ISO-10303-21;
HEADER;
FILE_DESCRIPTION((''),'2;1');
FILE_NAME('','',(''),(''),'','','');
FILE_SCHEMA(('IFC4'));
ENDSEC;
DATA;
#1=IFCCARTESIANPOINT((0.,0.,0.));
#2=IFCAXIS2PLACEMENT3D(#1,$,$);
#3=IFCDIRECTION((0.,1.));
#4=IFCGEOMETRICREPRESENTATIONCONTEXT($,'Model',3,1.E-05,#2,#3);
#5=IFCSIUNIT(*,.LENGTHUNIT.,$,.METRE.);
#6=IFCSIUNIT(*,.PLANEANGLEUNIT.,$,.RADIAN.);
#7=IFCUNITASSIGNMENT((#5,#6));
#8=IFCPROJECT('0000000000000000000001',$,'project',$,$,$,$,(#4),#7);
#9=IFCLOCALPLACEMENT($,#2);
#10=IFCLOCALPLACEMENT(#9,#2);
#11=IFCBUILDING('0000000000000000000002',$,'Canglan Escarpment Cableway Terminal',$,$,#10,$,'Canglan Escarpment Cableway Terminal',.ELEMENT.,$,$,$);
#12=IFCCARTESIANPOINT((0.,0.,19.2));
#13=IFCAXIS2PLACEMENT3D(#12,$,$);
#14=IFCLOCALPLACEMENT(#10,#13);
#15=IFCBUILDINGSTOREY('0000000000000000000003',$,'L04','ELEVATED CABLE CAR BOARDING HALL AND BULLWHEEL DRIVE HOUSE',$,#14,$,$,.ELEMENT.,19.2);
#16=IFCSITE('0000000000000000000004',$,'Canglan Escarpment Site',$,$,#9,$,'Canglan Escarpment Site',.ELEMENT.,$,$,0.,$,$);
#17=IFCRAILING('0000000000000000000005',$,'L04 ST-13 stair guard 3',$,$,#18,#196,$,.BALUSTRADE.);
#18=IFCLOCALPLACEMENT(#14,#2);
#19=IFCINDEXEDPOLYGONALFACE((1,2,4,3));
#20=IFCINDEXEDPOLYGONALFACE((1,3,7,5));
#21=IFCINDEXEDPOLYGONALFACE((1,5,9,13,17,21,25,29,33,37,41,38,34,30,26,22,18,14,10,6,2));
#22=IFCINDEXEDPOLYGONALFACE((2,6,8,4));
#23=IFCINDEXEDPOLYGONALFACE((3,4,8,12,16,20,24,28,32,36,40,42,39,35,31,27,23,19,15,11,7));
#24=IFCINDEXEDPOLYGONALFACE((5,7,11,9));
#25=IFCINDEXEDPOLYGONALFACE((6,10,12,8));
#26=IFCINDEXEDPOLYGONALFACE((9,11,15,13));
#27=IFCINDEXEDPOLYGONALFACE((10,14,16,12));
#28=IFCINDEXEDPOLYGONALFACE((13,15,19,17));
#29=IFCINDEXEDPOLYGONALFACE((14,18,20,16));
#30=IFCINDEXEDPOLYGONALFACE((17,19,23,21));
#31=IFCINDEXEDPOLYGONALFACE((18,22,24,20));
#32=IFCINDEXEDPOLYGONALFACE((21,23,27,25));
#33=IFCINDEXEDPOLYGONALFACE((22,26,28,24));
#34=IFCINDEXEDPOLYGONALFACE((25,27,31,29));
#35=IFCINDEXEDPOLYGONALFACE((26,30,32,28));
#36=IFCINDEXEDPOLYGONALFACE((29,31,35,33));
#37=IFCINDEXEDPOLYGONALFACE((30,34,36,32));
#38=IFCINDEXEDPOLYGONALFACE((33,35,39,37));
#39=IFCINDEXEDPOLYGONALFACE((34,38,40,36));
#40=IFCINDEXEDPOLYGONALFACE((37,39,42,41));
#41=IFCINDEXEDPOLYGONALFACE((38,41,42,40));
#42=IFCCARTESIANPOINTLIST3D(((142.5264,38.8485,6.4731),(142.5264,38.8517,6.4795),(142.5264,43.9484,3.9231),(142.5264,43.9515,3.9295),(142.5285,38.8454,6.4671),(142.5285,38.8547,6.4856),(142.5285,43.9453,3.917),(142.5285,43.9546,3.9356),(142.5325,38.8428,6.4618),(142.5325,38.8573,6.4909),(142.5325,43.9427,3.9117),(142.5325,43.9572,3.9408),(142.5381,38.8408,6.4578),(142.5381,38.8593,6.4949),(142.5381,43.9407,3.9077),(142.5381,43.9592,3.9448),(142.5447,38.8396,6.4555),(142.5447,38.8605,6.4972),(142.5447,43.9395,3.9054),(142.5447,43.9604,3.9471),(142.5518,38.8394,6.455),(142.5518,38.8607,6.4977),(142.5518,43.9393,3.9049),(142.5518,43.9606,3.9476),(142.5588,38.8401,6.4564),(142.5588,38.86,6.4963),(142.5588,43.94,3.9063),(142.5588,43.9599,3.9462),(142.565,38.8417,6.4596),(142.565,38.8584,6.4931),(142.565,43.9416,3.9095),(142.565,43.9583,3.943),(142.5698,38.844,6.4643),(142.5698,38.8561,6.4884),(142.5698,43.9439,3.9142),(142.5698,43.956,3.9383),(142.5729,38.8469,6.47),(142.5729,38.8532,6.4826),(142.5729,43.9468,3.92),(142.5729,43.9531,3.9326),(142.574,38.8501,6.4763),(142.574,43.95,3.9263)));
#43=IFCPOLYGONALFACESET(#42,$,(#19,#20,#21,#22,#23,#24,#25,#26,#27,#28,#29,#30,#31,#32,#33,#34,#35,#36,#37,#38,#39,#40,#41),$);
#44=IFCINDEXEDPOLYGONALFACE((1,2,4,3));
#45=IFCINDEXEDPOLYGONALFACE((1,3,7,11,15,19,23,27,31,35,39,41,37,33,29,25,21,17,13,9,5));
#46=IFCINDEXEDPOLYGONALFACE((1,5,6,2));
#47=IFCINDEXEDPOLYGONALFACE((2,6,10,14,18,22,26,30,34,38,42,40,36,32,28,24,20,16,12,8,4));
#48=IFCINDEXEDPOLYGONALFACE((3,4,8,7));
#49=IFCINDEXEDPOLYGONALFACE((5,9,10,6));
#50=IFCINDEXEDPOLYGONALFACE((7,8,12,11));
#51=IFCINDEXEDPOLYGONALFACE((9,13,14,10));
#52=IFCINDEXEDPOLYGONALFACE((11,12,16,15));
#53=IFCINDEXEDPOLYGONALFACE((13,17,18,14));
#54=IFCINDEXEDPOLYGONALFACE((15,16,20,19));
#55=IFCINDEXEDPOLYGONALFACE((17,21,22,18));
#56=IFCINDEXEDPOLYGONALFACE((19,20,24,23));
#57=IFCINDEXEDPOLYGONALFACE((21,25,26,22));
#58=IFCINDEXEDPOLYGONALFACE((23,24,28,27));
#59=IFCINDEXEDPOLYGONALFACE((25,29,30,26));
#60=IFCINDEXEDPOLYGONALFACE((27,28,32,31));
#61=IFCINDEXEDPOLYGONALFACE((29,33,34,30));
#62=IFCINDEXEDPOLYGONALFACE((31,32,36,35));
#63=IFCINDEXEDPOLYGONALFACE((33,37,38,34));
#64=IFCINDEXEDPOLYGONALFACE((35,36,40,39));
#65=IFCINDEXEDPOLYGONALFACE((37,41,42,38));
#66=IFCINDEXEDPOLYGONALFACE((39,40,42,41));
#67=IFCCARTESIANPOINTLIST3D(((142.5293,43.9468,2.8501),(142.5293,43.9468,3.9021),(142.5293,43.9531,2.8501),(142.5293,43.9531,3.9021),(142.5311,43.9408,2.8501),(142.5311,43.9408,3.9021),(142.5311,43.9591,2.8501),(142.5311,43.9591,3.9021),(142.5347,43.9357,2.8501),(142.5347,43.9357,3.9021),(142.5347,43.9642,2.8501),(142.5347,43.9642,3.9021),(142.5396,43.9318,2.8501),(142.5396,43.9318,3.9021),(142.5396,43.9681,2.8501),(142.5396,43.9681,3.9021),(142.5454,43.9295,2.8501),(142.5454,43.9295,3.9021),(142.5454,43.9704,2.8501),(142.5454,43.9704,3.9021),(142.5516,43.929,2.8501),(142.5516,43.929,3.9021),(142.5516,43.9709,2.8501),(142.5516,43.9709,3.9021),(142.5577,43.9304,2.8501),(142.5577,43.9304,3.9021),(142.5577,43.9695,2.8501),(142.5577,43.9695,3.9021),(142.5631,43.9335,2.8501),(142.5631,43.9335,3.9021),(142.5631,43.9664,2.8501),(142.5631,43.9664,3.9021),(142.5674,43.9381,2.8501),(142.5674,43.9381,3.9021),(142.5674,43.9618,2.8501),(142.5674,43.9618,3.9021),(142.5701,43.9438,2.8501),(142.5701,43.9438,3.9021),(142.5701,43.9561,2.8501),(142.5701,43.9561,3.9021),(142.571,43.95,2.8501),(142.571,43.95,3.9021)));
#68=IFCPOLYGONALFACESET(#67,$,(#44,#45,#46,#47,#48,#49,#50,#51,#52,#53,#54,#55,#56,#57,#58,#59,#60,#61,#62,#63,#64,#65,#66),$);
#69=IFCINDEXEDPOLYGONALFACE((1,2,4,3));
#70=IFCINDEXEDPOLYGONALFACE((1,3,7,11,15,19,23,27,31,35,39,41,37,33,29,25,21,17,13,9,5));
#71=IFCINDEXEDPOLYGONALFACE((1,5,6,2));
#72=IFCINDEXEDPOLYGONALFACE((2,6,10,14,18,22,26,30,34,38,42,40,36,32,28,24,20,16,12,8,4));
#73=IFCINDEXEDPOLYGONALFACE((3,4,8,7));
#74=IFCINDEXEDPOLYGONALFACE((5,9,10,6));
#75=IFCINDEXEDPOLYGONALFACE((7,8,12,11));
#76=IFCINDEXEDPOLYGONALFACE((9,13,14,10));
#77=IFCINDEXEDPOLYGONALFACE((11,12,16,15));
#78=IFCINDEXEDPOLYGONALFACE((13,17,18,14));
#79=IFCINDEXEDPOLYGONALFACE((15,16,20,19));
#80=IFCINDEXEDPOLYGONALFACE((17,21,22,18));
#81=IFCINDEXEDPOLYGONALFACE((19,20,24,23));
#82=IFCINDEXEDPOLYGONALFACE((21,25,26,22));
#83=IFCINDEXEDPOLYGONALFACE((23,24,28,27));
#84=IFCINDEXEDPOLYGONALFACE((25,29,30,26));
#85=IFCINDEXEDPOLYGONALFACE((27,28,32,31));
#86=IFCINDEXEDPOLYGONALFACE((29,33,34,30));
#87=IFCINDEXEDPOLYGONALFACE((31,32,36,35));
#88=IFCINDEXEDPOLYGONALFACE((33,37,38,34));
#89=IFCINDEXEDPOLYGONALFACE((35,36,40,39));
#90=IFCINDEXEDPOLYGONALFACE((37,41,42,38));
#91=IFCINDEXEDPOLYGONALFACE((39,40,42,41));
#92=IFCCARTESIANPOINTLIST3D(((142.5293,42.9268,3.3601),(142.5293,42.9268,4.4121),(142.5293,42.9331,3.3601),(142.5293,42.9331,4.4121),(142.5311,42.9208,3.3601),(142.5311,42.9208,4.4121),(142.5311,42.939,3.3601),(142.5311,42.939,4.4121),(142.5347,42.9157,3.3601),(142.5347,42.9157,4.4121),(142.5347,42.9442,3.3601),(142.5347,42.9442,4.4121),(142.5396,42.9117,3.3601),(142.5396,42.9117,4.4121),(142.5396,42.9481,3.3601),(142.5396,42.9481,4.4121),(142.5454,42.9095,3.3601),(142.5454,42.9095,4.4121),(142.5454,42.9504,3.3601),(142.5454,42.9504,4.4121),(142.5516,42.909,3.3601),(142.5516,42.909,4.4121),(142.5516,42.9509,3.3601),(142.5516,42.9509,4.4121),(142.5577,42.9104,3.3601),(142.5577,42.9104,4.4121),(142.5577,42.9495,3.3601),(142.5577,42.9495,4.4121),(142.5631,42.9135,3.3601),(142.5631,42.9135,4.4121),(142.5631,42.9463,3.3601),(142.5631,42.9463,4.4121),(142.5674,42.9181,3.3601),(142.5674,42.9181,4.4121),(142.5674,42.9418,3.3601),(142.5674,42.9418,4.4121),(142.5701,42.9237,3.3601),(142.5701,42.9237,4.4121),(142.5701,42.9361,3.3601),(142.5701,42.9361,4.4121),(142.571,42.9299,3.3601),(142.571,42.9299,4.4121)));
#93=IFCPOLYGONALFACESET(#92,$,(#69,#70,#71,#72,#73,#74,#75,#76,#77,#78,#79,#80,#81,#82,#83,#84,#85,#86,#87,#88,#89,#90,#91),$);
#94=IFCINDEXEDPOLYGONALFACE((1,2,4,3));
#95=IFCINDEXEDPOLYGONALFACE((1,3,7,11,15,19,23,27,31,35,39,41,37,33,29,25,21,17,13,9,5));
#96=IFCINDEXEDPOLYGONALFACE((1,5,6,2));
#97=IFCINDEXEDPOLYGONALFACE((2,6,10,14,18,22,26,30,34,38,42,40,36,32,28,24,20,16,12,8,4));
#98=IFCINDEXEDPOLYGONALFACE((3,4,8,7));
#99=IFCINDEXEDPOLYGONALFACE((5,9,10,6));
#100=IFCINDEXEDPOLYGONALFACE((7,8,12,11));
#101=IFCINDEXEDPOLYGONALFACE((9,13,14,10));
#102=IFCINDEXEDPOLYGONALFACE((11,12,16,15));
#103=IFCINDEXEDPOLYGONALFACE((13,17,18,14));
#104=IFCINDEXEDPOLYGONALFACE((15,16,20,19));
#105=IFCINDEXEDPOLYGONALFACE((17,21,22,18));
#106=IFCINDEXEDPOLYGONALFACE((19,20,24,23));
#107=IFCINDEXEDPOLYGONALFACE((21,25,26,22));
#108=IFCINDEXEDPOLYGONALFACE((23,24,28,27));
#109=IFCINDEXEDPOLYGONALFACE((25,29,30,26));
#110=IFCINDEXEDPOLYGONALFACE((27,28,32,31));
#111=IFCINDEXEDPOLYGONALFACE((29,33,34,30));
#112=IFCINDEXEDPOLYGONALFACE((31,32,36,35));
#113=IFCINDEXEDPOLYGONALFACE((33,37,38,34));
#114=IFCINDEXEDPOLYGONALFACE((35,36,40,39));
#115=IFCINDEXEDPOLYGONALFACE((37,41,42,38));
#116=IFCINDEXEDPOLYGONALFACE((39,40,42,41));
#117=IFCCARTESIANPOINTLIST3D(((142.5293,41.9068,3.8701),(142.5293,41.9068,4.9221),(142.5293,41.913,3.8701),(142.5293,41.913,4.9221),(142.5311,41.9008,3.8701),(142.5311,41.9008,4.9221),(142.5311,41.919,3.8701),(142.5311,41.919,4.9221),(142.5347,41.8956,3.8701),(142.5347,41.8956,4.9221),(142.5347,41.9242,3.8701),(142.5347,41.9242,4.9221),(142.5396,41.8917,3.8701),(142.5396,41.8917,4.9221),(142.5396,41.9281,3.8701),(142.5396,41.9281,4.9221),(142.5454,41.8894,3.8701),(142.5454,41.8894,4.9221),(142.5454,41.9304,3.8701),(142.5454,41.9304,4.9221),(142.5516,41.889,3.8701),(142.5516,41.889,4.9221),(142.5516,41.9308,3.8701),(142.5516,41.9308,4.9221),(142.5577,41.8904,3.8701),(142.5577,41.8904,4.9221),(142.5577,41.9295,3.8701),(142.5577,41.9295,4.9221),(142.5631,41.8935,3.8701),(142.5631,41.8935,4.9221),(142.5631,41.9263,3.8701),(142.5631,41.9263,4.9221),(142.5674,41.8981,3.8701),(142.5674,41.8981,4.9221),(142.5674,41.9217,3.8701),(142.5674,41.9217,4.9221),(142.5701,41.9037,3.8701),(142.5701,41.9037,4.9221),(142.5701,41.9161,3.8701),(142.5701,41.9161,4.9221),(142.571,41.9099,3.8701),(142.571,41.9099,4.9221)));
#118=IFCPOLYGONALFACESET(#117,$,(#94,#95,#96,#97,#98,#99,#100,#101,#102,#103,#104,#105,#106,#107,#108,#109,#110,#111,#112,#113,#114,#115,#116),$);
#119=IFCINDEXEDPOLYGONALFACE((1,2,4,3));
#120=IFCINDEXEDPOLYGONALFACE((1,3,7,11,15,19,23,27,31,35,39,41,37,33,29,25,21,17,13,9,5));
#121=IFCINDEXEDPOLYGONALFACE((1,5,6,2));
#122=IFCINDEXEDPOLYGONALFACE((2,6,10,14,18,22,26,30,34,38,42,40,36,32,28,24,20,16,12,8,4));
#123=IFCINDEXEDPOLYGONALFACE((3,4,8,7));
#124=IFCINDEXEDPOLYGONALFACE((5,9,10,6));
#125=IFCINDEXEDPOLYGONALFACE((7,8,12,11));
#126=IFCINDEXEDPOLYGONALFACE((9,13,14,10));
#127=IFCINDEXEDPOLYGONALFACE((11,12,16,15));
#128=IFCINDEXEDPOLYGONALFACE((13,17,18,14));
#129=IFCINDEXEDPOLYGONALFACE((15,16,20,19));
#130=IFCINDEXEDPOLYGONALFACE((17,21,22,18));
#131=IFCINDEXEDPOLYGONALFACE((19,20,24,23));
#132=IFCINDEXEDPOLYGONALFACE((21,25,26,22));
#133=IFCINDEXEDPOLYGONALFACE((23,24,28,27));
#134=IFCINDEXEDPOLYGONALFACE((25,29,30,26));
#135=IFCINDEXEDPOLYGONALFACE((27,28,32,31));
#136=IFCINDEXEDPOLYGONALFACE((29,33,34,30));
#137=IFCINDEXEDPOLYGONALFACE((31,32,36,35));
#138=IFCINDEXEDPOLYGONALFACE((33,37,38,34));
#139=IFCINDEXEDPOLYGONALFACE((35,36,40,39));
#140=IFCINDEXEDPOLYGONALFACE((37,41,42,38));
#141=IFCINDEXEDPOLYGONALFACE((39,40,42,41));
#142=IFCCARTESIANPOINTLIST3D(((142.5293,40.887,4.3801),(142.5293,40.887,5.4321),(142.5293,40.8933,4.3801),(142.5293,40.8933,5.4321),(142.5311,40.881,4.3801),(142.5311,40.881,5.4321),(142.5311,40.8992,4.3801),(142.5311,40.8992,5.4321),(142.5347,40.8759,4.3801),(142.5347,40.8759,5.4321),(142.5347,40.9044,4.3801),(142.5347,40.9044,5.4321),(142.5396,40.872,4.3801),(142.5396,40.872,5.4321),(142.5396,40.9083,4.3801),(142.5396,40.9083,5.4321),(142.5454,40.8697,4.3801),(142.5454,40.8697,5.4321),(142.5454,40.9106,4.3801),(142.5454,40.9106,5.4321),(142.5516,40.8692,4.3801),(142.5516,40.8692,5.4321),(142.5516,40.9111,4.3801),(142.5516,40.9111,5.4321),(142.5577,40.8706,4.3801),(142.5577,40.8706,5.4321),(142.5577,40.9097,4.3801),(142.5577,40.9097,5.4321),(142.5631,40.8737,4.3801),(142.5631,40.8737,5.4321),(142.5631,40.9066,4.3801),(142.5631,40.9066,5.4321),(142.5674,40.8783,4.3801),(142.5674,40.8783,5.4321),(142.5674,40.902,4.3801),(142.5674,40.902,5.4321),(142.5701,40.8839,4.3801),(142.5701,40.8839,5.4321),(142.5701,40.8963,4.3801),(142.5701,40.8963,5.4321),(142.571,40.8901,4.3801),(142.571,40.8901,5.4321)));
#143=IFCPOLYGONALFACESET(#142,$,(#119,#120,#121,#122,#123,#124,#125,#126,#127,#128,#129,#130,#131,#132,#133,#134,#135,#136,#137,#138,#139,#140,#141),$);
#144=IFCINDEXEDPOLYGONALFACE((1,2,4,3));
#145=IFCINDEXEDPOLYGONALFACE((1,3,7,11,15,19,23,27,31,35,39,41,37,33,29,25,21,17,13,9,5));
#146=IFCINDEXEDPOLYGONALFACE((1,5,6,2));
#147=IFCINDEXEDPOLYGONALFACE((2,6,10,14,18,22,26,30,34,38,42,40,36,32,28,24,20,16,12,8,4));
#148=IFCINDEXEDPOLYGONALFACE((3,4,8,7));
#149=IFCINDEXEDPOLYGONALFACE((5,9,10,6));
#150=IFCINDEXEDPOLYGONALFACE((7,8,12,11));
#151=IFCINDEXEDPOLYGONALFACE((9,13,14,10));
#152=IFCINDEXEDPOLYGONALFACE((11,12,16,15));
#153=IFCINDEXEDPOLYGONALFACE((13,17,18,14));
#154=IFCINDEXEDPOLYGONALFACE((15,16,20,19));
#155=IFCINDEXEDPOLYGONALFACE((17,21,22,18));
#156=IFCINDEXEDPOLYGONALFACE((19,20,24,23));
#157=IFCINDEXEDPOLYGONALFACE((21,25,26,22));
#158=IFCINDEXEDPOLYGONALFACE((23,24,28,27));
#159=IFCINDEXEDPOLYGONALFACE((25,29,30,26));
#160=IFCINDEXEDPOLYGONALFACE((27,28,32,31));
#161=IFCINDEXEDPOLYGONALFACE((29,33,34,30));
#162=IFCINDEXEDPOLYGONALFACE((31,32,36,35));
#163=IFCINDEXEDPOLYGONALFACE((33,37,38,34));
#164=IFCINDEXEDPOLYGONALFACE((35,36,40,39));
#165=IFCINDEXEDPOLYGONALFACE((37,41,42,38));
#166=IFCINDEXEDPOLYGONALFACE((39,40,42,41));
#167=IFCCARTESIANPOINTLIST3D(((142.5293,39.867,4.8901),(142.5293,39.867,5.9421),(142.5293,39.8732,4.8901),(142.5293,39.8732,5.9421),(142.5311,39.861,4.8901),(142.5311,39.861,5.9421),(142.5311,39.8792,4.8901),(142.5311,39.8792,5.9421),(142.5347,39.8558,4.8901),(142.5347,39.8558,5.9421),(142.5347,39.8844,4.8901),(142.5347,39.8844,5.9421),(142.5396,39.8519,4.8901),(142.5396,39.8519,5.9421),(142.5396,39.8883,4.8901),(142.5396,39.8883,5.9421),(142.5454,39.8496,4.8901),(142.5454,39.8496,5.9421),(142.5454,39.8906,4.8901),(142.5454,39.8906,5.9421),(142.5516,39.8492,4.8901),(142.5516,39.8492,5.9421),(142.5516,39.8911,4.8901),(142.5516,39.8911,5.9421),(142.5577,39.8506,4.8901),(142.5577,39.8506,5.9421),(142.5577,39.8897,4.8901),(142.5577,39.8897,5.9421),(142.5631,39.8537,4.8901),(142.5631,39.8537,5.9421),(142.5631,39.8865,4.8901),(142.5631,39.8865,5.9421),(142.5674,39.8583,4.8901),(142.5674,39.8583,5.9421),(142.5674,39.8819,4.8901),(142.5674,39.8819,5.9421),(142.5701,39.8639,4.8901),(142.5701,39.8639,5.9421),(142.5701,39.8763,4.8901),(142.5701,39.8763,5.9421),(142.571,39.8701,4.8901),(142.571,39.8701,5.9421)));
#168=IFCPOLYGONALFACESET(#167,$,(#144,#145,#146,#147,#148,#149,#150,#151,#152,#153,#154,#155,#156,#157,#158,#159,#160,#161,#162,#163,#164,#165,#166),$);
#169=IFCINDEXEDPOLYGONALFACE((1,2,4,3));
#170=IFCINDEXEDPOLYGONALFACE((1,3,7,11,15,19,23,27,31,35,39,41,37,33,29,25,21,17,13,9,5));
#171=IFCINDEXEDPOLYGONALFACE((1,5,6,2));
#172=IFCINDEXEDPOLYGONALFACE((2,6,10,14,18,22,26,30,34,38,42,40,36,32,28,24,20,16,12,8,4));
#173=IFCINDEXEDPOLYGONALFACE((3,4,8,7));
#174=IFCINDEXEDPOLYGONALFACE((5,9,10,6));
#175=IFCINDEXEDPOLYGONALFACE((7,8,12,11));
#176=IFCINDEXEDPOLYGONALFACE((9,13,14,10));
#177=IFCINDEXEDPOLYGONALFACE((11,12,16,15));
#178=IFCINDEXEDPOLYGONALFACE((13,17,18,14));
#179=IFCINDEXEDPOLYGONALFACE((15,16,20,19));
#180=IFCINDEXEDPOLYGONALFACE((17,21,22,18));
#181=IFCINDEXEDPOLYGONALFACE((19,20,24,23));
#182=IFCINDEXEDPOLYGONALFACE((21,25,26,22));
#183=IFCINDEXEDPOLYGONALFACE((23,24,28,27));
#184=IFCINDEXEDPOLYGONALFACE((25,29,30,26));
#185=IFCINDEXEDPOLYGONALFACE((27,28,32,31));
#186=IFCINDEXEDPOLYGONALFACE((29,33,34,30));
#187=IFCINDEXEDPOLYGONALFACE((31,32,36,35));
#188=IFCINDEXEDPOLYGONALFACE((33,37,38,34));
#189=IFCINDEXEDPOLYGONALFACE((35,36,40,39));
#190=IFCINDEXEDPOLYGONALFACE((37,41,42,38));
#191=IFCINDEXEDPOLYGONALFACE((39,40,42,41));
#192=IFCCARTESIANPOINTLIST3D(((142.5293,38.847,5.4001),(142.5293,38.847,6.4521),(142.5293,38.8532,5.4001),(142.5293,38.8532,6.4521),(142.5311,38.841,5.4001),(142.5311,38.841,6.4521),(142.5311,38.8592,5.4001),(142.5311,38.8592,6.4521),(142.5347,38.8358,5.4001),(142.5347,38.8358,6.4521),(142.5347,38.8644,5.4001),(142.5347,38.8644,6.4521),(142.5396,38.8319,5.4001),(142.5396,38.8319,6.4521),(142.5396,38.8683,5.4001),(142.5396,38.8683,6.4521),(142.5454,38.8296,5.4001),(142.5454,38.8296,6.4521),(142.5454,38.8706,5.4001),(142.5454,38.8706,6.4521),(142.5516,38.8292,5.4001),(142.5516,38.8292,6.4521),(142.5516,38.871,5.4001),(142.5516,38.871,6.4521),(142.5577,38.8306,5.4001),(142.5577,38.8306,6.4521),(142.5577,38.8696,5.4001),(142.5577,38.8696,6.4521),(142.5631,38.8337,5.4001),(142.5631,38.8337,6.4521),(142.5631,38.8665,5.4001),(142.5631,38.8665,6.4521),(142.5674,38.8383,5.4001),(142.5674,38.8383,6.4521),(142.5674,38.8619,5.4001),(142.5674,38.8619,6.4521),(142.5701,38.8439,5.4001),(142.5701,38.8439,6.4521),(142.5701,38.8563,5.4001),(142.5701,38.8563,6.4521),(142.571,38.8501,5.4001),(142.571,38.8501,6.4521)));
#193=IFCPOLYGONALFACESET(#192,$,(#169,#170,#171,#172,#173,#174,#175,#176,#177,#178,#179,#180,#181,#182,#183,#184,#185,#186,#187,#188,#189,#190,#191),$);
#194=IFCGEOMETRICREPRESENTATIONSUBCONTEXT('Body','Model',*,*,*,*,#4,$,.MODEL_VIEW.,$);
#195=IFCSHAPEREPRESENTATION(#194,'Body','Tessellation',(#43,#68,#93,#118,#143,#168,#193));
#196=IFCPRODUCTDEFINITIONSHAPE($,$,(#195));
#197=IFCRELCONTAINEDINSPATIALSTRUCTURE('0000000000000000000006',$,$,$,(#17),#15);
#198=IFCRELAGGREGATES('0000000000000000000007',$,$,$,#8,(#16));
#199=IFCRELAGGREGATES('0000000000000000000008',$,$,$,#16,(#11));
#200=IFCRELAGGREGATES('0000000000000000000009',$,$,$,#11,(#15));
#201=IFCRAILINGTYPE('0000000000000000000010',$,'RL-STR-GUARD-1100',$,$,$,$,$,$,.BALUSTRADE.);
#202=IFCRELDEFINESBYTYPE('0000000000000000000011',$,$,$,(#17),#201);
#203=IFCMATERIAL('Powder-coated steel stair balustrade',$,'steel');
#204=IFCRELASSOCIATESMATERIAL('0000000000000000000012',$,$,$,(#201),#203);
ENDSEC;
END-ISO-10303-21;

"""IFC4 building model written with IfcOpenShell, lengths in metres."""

from ifc_helpers import new_model, si_unit, direction, frame, origin, origin_2d, place, context, subcontext, project, spatial, circle, extrude, material, type_object, element, save


model = new_model("IFC4")

# Units and contexts
model_context = context("Model", 3, precision=1e-05, world=origin(), true_north=direction((0.0, 1.0)))
body_context = subcontext(model_context, "Body", "Model", "MODEL_VIEW")
ifc_project = project(units=[si_unit("LENGTHUNIT", "METRE"), si_unit("PLANEANGLEUNIT", "RADIAN")], contexts=[model_context])

# Site, building, storey
site_placement = place(None, origin())
site = spatial("IfcSite", under=ifc_project, at=site_placement, Name="Canglan Escarpment Site", LongName="Canglan Escarpment Site", CompositionType="ELEMENT", RefElevation=0.0)
building_placement = place(site_placement, origin())
building = spatial("IfcBuilding", under=site, at=building_placement, Name="Canglan Escarpment Cableway Terminal", LongName="Canglan Escarpment Cableway Terminal", CompositionType="ELEMENT")
storey_placement = place(building_placement, frame((0.0, 0.0, 19.2)))
storey = spatial("IfcBuildingStorey", under=building, at=storey_placement, Name="L04", Description="ELEVATED CABLE CAR BOARDING HALL AND BULLWHEEL DRIVE HOUSE", CompositionType="ELEMENT", Elevation=19.2)

# Railing
ifc_material_1 = material(Name="Powder-coated steel stair balustrade", Category="steel")
railing_type_1 = type_object("IfcRailingType", Name="RL-STR-GUARD-1100", PredefinedType="BALUSTRADE", material=ifc_material_1)
railing_1_placement = place(storey_placement, frame((142.55, 43.95, 2.8501)))
element("IfcRailing", 1, at=railing_1_placement, inside=storey, type_object=railing_type_1, Name="L04 ST-13 stair guard 3", PredefinedType="BALUSTRADE", context=body_context, shape_type="SweptSolid", body=[
    extrude(circle(Radius=0.0239, at=origin_2d()), frame((0.0, 0.0, 1.0762), z_axis=(0.0, -0.894419, 0.447231), x_axis=(1.0, 0.0, 0.0)), (0.0, 0.0, 1.0), 5.7019),
    extrude(circle(Radius=0.021, at=origin_2d()), origin(), (0.0, 0.0, 1.0), 1.052),
    extrude(circle(Radius=0.021, at=origin_2d()), frame((0.0, -1.02, 0.51)), (0.0, 0.0, 1.0), 1.052),
    extrude(circle(Radius=0.021, at=origin_2d()), frame((0.0, -2.04, 1.02)), (0.0, 0.0, 1.0), 1.052),
    extrude(circle(Radius=0.021, at=origin_2d()), frame((0.0, -3.0598, 1.53)), (0.0, 0.0, 1.0), 1.052),
    extrude(circle(Radius=0.021, at=origin_2d()), frame((0.0, -4.0798, 2.04)), (0.0, 0.0, 1.0), 1.052),
    extrude(circle(Radius=0.021, at=origin_2d()), frame((0.0, -5.0999, 2.55)), (0.0, 0.0, 1.0), 1.052),
])

save(model, "model.ifc")
